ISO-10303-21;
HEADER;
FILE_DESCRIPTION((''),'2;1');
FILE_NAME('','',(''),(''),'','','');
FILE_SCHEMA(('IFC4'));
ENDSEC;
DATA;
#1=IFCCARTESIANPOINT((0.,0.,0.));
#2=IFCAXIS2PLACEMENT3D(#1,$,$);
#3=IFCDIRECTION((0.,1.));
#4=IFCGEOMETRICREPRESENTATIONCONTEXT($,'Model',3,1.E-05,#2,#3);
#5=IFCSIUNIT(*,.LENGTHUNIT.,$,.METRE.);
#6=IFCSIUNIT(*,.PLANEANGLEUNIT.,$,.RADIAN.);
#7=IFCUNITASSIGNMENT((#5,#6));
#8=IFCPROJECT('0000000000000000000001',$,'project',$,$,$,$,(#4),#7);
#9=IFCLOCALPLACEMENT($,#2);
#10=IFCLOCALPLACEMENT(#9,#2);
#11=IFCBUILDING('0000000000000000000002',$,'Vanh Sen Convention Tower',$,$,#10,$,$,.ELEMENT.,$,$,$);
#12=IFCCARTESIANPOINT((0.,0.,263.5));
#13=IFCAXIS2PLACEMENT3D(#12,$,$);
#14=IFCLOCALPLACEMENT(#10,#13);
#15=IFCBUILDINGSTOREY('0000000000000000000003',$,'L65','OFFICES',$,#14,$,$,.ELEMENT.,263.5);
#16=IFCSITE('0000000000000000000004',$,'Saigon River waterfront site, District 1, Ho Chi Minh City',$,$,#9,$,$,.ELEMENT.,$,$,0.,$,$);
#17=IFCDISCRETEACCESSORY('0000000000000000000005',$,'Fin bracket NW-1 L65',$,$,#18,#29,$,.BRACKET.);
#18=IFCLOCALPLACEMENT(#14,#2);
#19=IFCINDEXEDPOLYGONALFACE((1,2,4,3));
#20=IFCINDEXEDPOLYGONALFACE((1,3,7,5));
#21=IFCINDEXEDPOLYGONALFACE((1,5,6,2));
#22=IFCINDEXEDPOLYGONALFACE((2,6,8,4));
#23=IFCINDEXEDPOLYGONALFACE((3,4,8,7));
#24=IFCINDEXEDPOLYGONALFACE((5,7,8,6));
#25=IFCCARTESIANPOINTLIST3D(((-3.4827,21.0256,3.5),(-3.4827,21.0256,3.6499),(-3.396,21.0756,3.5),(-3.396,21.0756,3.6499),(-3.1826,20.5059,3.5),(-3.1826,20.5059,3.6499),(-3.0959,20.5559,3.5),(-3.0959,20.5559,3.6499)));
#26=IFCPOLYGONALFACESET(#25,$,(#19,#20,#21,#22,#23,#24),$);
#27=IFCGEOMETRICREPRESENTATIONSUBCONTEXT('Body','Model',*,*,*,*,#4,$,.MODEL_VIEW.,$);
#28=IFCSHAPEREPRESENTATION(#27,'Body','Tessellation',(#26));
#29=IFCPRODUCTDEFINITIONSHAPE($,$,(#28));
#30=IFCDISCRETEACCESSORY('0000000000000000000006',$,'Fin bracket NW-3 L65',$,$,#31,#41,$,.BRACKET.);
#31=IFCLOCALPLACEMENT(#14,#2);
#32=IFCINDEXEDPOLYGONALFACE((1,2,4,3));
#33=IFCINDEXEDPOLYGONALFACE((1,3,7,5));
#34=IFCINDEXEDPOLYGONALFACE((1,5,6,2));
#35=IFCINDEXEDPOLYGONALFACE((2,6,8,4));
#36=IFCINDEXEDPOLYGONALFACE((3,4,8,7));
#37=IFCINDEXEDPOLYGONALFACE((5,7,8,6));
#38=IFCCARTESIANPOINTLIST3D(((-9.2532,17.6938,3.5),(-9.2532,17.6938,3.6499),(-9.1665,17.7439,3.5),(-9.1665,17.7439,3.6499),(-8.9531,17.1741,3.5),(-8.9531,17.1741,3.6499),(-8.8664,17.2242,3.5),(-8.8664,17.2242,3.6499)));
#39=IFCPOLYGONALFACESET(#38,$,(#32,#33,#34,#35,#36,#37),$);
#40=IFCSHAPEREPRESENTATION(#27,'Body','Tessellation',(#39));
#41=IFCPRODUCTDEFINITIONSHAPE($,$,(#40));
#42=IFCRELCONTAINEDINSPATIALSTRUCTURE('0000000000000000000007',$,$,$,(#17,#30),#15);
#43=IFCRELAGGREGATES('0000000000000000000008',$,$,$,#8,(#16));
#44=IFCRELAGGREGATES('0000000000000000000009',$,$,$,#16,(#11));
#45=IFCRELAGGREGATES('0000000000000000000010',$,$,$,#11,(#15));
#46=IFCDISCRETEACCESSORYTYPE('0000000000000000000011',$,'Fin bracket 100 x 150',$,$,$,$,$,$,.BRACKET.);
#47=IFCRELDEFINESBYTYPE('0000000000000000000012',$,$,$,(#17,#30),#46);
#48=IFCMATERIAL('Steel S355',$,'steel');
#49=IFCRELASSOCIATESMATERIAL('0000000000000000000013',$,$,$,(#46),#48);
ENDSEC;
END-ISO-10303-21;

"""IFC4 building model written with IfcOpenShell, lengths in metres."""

from ifc_helpers import new_model, si_unit, direction, frame, origin, origin_2d, place, context, subcontext, project, spatial, rectangle, extrude, material, type_object, element, save


model = new_model("IFC4")

# Units and contexts
model_context = context("Model", 3, precision=1e-05, world=origin(), true_north=direction((0.0, 1.0)))
body_context = subcontext(model_context, "Body", "Model", "MODEL_VIEW")
ifc_project = project(units=[si_unit("LENGTHUNIT", "METRE"), si_unit("PLANEANGLEUNIT", "RADIAN")], contexts=[model_context])

# Site, building, storey
site_placement = place(None, origin())
site = spatial("IfcSite", under=ifc_project, at=site_placement, Name="Saigon River waterfront site, District 1, Ho Chi Minh City", CompositionType="ELEMENT", RefElevation=0.0)
building_placement = place(site_placement, origin())
building = spatial("IfcBuilding", under=site, at=building_placement, Name="Vanh Sen Convention Tower", CompositionType="ELEMENT")
storey_placement = place(building_placement, frame((0.0, 0.0, 263.5)))
storey = spatial("IfcBuildingStorey", under=building, at=storey_placement, Name="L65", Description="OFFICES", CompositionType="ELEMENT", Elevation=263.5)

# Discrete accessories
ifc_material_1 = material(Name="Steel S355", Category="steel")
discrete_accessory_type = type_object("IfcDiscreteAccessoryType", Name="Fin bracket 100 x 150", PredefinedType="BRACKET", material=ifc_material_1)
for number, where, z_axis, x_axis, name in (
    (1, (-3.2893, 20.7908, 3.5), (0.0, 0.0, 1.0), (-0.5, 0.866025, 0.0), "Fin bracket NW-1 L65"),
    (2, (-9.0598, 17.459, 3.5), (0.0, 0.0, 1.0), (-0.5, 0.866025, 0.0), "Fin bracket NW-3 L65"),
):
    element("IfcDiscreteAccessory", number, at=place(storey_placement, frame(where, z_axis=z_axis, x_axis=x_axis)), inside=storey, type_object=discrete_accessory_type, Name=name, PredefinedType="BRACKET", context=body_context, shape_type="SweptSolid", body=[
        extrude(rectangle(XDim=0.6001, YDim=0.1001, at=origin_2d()), origin(), (0.0, 0.0, 1.0), 0.1499),
    ])

save(model, "model.ifc")
